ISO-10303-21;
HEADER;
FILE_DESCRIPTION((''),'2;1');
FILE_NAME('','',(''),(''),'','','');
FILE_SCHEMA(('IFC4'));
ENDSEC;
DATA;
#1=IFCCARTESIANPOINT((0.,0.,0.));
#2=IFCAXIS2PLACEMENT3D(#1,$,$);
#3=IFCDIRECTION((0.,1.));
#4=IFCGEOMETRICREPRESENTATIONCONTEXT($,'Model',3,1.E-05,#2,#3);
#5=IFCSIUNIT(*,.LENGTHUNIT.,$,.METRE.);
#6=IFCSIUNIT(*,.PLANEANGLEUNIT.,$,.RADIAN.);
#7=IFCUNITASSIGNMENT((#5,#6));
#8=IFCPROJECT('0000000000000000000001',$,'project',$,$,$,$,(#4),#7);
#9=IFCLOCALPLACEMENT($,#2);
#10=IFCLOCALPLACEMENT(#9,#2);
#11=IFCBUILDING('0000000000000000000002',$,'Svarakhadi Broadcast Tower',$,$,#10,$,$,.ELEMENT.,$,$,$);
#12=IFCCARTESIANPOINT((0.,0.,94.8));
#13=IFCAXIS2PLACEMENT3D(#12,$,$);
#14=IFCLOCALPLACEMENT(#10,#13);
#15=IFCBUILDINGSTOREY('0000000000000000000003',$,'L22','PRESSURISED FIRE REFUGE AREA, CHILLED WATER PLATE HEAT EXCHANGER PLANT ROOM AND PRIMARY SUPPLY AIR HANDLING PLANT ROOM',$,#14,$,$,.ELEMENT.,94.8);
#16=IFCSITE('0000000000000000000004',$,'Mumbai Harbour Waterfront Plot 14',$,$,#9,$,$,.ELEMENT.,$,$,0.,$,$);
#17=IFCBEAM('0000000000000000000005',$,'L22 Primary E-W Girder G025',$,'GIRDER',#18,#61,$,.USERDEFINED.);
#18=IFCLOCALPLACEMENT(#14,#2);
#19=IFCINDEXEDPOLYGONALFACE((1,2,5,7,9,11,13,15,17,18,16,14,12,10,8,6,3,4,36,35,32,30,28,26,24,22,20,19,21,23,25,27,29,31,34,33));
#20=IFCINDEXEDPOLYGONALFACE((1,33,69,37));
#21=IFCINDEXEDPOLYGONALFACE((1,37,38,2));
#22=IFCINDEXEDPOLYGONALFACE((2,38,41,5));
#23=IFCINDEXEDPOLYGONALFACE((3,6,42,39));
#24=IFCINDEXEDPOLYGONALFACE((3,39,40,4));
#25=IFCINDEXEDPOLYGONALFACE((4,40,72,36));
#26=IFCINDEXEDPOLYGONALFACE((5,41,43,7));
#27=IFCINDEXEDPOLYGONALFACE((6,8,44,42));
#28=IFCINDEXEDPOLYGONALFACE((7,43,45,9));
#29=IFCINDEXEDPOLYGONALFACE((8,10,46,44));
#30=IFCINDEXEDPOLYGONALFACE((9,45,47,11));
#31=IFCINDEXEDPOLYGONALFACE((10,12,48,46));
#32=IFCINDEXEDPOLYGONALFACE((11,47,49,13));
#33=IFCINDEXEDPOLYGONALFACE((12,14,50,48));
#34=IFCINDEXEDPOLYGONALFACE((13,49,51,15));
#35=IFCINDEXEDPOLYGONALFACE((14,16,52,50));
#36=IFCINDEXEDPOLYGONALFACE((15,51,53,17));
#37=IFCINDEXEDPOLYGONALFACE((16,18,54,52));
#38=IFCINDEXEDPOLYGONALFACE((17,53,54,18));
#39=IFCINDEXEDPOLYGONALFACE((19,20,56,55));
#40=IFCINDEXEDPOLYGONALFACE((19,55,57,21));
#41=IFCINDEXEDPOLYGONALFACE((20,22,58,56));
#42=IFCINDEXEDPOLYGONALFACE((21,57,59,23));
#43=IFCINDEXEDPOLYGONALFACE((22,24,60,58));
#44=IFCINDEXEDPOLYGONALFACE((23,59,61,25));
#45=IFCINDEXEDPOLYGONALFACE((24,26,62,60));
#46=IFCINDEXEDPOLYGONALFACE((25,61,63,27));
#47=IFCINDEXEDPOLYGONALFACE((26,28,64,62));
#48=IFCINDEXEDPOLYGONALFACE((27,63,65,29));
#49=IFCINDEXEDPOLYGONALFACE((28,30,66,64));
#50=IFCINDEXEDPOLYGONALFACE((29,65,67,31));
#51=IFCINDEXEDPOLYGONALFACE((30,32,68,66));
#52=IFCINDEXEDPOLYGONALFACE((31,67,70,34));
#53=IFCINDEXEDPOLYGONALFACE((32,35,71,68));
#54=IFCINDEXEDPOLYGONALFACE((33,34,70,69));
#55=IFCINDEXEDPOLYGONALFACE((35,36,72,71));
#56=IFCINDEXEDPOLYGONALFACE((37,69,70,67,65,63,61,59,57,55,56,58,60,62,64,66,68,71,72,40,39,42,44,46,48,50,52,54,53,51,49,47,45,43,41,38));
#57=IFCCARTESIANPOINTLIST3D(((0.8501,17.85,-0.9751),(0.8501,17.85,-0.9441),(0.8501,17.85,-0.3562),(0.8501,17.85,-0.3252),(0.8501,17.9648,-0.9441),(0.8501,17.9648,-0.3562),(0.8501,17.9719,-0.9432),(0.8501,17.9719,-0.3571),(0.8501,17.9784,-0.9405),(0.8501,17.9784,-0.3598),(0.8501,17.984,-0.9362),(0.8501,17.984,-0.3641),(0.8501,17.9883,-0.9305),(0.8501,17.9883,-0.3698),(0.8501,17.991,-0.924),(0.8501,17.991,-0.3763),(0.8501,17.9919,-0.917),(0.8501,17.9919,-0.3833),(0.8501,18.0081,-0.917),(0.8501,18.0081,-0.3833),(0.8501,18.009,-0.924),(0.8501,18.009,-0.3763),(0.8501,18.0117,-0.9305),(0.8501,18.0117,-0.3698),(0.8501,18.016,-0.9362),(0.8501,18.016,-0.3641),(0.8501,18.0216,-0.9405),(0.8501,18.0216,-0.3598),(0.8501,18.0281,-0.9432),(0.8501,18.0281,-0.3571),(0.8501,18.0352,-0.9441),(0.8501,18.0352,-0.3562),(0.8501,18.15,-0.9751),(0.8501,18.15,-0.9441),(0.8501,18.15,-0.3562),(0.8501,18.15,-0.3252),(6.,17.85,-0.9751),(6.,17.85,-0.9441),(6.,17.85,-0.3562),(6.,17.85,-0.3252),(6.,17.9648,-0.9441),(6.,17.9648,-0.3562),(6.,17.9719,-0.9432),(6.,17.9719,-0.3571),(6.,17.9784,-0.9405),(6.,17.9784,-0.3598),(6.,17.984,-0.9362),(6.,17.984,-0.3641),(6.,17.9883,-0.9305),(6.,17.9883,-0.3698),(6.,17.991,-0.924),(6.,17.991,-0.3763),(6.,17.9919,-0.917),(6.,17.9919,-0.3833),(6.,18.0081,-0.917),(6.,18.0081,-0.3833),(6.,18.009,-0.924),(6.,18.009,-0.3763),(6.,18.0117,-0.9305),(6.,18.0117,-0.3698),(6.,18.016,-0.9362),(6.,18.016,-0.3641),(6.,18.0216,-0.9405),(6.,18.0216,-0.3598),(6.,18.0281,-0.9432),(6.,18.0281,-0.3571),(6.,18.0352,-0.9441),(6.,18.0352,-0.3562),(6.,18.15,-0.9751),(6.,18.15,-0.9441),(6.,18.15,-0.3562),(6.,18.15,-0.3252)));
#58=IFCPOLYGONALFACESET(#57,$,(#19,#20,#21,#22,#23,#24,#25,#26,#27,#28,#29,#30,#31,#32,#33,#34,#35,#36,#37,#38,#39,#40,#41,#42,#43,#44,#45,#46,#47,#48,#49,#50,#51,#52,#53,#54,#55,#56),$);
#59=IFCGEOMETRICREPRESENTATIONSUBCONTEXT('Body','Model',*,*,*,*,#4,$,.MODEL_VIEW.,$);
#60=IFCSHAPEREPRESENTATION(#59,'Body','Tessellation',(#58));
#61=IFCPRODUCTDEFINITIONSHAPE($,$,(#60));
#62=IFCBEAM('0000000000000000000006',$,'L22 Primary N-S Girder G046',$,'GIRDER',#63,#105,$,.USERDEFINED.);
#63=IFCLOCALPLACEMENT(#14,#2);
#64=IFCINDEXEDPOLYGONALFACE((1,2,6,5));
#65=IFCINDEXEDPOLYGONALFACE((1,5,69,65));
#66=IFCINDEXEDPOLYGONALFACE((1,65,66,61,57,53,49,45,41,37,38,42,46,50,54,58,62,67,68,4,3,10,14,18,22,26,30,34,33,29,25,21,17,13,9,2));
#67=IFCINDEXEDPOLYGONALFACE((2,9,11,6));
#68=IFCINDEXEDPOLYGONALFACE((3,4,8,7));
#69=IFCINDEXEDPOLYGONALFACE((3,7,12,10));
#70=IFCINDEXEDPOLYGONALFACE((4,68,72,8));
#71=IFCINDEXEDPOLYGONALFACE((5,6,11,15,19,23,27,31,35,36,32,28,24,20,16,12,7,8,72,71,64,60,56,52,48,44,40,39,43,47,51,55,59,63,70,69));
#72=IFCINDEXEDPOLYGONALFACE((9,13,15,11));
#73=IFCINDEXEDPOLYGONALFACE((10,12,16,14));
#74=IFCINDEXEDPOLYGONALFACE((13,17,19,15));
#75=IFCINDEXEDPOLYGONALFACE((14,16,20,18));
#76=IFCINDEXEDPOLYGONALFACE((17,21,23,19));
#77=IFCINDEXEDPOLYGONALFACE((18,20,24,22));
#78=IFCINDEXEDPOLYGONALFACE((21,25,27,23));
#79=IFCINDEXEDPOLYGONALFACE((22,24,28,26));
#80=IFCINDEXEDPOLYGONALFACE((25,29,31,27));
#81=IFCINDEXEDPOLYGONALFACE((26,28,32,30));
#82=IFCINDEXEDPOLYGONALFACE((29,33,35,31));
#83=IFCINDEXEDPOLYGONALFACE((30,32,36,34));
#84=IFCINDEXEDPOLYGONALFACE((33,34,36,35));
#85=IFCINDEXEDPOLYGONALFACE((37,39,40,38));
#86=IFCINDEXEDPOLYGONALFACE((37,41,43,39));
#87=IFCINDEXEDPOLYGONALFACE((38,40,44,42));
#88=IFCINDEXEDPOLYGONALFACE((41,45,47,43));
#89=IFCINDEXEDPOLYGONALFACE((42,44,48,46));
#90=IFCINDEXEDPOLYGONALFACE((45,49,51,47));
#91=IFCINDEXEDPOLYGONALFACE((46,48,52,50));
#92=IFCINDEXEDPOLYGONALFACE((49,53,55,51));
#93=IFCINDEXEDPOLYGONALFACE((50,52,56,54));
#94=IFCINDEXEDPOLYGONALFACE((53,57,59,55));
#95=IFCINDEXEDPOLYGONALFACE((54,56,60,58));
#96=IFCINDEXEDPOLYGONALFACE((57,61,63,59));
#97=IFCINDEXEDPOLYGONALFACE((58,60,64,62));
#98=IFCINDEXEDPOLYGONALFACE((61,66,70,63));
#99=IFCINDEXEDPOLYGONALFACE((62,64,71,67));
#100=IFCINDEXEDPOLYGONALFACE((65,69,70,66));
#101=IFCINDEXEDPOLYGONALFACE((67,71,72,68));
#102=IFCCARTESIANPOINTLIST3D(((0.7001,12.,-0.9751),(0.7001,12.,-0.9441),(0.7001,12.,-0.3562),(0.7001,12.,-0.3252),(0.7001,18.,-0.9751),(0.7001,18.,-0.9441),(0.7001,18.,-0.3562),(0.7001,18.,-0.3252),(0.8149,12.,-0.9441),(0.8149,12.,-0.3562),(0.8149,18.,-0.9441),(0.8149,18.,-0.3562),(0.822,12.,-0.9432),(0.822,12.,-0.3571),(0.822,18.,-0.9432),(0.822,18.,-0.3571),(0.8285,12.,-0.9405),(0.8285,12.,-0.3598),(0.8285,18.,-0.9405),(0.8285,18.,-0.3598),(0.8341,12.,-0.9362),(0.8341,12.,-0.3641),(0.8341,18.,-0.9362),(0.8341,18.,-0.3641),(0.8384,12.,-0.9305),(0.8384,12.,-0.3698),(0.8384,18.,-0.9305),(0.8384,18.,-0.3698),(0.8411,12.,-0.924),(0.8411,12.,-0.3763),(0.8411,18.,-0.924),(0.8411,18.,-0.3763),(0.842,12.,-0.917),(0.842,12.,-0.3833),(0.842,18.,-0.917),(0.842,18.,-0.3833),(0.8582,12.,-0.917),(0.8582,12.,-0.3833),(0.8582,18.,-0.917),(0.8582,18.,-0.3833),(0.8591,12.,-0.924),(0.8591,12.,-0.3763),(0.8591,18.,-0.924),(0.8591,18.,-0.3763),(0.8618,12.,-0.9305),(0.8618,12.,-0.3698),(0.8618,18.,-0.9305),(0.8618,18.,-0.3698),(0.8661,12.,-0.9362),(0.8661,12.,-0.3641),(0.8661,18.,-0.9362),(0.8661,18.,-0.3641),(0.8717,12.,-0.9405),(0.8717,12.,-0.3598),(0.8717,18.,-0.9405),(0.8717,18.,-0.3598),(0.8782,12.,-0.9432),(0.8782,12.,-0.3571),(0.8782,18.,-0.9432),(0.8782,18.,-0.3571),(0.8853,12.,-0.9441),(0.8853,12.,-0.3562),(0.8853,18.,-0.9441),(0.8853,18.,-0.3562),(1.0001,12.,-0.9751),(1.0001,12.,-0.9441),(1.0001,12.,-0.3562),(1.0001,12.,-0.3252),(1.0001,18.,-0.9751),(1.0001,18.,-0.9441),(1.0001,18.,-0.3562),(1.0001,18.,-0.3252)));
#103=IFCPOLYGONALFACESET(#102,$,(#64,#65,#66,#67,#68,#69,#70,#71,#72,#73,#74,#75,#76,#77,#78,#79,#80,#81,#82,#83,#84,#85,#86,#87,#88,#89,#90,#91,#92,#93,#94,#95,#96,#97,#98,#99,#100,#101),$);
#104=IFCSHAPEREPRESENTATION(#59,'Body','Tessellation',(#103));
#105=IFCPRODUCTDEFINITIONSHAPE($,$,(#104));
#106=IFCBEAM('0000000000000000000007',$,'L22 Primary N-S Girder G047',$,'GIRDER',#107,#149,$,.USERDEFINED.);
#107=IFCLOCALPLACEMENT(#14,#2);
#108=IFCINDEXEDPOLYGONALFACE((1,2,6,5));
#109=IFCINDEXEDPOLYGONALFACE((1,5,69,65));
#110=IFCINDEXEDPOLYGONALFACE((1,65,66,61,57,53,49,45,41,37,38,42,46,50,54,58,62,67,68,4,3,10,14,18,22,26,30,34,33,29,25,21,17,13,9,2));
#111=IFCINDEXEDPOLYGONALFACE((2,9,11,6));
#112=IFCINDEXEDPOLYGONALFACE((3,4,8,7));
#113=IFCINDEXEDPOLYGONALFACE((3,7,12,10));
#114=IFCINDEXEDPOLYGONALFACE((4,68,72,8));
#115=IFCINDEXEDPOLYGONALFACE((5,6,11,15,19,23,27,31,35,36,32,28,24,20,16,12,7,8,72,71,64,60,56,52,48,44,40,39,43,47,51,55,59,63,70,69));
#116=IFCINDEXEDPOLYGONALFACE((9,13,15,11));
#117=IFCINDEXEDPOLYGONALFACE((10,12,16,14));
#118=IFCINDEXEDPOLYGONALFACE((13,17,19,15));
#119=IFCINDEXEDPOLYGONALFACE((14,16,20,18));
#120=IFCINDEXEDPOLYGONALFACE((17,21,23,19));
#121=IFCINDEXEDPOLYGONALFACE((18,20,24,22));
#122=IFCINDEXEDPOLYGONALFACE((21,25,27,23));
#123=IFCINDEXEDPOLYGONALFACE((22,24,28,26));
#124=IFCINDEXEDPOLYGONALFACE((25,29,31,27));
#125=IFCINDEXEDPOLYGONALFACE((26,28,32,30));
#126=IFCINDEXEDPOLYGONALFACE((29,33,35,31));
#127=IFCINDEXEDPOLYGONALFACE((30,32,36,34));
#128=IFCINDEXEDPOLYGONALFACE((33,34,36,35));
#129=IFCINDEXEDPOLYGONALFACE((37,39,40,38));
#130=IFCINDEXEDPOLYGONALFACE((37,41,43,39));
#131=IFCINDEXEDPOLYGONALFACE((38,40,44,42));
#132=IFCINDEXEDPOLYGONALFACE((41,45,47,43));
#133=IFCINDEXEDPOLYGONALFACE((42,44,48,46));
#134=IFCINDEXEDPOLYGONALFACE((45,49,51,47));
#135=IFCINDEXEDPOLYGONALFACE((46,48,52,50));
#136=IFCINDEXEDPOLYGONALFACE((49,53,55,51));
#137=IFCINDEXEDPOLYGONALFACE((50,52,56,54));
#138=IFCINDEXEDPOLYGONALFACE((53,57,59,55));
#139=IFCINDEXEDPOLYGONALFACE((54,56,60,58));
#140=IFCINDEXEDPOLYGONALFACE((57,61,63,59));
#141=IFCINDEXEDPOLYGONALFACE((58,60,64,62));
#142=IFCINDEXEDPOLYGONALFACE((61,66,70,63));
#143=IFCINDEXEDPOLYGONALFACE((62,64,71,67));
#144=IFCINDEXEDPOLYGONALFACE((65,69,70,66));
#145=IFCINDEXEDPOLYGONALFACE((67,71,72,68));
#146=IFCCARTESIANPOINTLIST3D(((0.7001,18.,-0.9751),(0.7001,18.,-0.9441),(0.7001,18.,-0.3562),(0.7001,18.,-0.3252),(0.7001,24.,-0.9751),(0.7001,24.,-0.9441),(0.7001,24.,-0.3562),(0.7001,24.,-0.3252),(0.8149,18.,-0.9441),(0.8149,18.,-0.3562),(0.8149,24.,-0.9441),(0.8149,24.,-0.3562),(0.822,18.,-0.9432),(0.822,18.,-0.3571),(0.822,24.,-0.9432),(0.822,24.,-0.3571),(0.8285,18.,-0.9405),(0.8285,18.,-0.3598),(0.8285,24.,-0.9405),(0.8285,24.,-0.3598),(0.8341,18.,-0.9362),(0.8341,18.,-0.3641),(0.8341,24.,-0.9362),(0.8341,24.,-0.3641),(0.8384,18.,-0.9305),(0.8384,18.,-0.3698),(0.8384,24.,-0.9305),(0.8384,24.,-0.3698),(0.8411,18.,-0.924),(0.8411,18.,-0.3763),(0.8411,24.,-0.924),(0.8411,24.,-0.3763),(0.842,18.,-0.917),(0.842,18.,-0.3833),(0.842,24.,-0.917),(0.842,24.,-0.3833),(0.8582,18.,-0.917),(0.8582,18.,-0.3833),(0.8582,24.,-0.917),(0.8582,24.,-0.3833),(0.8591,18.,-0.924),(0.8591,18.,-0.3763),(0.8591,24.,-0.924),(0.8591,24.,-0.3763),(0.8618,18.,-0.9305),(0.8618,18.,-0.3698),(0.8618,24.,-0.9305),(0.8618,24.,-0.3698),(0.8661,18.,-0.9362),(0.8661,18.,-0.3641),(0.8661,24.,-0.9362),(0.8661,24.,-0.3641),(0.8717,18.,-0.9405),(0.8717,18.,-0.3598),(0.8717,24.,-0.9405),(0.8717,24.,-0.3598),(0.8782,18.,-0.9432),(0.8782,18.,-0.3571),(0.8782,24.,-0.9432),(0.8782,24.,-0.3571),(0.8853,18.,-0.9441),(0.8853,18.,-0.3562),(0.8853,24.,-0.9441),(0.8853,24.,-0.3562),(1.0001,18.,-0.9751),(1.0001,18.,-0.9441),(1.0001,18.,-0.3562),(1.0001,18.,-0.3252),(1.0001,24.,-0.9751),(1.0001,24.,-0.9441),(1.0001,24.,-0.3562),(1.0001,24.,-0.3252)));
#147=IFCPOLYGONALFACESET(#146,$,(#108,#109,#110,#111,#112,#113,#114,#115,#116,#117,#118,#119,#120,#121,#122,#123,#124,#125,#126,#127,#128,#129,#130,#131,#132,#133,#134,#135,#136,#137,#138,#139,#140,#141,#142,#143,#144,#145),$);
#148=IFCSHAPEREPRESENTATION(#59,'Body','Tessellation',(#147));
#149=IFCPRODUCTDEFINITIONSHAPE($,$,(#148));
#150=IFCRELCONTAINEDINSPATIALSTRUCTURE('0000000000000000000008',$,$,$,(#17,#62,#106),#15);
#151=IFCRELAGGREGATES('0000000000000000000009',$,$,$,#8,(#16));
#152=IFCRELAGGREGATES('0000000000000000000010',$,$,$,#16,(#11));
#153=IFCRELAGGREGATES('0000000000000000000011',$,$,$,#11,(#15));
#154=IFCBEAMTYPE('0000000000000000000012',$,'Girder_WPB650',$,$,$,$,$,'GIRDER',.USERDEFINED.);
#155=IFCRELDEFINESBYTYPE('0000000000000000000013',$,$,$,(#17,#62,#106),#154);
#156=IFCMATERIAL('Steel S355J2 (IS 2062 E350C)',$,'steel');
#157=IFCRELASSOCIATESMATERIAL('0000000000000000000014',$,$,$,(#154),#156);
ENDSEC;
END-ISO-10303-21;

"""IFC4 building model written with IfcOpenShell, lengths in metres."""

from ifc_helpers import new_model, si_unit, direction, frame, origin, origin_2d, place, context, subcontext, project, spatial, i_section, extrude, material, material_profile, profile_set, type_object, element, save


model = new_model("IFC4")

# Units and contexts
model_context = context("Model", 3, precision=1e-05, world=origin(), true_north=direction((0.0, 1.0)))
body_context = subcontext(model_context, "Body", "Model", "MODEL_VIEW")
ifc_project = project(units=[si_unit("LENGTHUNIT", "METRE"), si_unit("PLANEANGLEUNIT", "RADIAN")], contexts=[model_context])

# Site, building, storey
site_placement = place(None, origin())
site = spatial("IfcSite", under=ifc_project, at=site_placement, Name="Mumbai Harbour Waterfront Plot 14", CompositionType="ELEMENT", RefElevation=0.0)
building_placement = place(site_placement, origin())
building = spatial("IfcBuilding", under=site, at=building_placement, Name="Svarakhadi Broadcast Tower", CompositionType="ELEMENT")
storey_placement = place(building_placement, frame((0.0, 0.0, 94.8)))
storey = spatial("IfcBuildingStorey", under=building, at=storey_placement, Name="L22", Description="PRESSURISED FIRE REFUGE AREA, CHILLED WATER PLATE HEAT EXCHANGER PLANT ROOM AND PRIMARY SUPPLY AIR HANDLING PLANT ROOM", CompositionType="ELEMENT", Elevation=94.8)

# Shared definitions
ifc_material_1 = material(Name="Steel S355J2 (IS 2062 E350C)", Category="steel")

# Beams
ifc_material_profile_1 = material_profile(ifc_material_1, i_section(OverallWidth=0.3, OverallDepth=0.6499, WebThickness=0.0161, FlangeThickness=0.031, FilletRadius=0.0271, at=origin_2d()), Name="WPB 650x300x225")
ifc_profile_set_1 = profile_set([ifc_material_profile_1], Name="Steel S355J2 (IS 2062 E350C)")
beam_type_1 = type_object("IfcBeamType", Name="Girder_WPB650", ElementType="GIRDER", PredefinedType="USERDEFINED", material=ifc_profile_set_1)
for number, where, z_axis, x_axis, name in (
    (1, (0.8501, 18.0, -0.6501), (1.0, 0.0, 0.0), (0.0, 1.0, 0.0), "L22 Primary E-W Girder G025"),
):
    element("IfcBeam", number, at=place(storey_placement, frame(where, z_axis=z_axis, x_axis=x_axis)), inside=storey, type_object=beam_type_1, Name=name, ObjectType="GIRDER", PredefinedType="USERDEFINED", context=body_context, shape_type="SweptSolid", body=[
        extrude(i_section(OverallWidth=0.3, OverallDepth=0.6499, WebThickness=0.0161, FlangeThickness=0.031, FilletRadius=0.0271, at=origin_2d()), origin(), (0.0, 0.0, 1.0), 5.1499),
    ])
for number, where, z_axis, x_axis, name in (
    (2, (0.8501, 12.0, -0.6501), (0.0, 1.0, 0.0), (-1.0, 0.0, 0.0), "L22 Primary N-S Girder G046"),
    (3, (0.8501, 18.0, -0.6501), (0.0, 1.0, 0.0), (-1.0, 0.0, 0.0), "L22 Primary N-S Girder G047"),
):
    element("IfcBeam", number, at=place(storey_placement, frame(where, z_axis=z_axis, x_axis=x_axis)), inside=storey, type_object=beam_type_1, Name=name, ObjectType="GIRDER", PredefinedType="USERDEFINED", context=body_context, shape_type="SweptSolid", body=[
        extrude(i_section(OverallWidth=0.3, OverallDepth=0.6499, WebThickness=0.0161, FlangeThickness=0.031, FilletRadius=0.0271, at=origin_2d()), origin(), (0.0, 0.0, 1.0), 6.0),
    ])

save(model, "model.ifc")
